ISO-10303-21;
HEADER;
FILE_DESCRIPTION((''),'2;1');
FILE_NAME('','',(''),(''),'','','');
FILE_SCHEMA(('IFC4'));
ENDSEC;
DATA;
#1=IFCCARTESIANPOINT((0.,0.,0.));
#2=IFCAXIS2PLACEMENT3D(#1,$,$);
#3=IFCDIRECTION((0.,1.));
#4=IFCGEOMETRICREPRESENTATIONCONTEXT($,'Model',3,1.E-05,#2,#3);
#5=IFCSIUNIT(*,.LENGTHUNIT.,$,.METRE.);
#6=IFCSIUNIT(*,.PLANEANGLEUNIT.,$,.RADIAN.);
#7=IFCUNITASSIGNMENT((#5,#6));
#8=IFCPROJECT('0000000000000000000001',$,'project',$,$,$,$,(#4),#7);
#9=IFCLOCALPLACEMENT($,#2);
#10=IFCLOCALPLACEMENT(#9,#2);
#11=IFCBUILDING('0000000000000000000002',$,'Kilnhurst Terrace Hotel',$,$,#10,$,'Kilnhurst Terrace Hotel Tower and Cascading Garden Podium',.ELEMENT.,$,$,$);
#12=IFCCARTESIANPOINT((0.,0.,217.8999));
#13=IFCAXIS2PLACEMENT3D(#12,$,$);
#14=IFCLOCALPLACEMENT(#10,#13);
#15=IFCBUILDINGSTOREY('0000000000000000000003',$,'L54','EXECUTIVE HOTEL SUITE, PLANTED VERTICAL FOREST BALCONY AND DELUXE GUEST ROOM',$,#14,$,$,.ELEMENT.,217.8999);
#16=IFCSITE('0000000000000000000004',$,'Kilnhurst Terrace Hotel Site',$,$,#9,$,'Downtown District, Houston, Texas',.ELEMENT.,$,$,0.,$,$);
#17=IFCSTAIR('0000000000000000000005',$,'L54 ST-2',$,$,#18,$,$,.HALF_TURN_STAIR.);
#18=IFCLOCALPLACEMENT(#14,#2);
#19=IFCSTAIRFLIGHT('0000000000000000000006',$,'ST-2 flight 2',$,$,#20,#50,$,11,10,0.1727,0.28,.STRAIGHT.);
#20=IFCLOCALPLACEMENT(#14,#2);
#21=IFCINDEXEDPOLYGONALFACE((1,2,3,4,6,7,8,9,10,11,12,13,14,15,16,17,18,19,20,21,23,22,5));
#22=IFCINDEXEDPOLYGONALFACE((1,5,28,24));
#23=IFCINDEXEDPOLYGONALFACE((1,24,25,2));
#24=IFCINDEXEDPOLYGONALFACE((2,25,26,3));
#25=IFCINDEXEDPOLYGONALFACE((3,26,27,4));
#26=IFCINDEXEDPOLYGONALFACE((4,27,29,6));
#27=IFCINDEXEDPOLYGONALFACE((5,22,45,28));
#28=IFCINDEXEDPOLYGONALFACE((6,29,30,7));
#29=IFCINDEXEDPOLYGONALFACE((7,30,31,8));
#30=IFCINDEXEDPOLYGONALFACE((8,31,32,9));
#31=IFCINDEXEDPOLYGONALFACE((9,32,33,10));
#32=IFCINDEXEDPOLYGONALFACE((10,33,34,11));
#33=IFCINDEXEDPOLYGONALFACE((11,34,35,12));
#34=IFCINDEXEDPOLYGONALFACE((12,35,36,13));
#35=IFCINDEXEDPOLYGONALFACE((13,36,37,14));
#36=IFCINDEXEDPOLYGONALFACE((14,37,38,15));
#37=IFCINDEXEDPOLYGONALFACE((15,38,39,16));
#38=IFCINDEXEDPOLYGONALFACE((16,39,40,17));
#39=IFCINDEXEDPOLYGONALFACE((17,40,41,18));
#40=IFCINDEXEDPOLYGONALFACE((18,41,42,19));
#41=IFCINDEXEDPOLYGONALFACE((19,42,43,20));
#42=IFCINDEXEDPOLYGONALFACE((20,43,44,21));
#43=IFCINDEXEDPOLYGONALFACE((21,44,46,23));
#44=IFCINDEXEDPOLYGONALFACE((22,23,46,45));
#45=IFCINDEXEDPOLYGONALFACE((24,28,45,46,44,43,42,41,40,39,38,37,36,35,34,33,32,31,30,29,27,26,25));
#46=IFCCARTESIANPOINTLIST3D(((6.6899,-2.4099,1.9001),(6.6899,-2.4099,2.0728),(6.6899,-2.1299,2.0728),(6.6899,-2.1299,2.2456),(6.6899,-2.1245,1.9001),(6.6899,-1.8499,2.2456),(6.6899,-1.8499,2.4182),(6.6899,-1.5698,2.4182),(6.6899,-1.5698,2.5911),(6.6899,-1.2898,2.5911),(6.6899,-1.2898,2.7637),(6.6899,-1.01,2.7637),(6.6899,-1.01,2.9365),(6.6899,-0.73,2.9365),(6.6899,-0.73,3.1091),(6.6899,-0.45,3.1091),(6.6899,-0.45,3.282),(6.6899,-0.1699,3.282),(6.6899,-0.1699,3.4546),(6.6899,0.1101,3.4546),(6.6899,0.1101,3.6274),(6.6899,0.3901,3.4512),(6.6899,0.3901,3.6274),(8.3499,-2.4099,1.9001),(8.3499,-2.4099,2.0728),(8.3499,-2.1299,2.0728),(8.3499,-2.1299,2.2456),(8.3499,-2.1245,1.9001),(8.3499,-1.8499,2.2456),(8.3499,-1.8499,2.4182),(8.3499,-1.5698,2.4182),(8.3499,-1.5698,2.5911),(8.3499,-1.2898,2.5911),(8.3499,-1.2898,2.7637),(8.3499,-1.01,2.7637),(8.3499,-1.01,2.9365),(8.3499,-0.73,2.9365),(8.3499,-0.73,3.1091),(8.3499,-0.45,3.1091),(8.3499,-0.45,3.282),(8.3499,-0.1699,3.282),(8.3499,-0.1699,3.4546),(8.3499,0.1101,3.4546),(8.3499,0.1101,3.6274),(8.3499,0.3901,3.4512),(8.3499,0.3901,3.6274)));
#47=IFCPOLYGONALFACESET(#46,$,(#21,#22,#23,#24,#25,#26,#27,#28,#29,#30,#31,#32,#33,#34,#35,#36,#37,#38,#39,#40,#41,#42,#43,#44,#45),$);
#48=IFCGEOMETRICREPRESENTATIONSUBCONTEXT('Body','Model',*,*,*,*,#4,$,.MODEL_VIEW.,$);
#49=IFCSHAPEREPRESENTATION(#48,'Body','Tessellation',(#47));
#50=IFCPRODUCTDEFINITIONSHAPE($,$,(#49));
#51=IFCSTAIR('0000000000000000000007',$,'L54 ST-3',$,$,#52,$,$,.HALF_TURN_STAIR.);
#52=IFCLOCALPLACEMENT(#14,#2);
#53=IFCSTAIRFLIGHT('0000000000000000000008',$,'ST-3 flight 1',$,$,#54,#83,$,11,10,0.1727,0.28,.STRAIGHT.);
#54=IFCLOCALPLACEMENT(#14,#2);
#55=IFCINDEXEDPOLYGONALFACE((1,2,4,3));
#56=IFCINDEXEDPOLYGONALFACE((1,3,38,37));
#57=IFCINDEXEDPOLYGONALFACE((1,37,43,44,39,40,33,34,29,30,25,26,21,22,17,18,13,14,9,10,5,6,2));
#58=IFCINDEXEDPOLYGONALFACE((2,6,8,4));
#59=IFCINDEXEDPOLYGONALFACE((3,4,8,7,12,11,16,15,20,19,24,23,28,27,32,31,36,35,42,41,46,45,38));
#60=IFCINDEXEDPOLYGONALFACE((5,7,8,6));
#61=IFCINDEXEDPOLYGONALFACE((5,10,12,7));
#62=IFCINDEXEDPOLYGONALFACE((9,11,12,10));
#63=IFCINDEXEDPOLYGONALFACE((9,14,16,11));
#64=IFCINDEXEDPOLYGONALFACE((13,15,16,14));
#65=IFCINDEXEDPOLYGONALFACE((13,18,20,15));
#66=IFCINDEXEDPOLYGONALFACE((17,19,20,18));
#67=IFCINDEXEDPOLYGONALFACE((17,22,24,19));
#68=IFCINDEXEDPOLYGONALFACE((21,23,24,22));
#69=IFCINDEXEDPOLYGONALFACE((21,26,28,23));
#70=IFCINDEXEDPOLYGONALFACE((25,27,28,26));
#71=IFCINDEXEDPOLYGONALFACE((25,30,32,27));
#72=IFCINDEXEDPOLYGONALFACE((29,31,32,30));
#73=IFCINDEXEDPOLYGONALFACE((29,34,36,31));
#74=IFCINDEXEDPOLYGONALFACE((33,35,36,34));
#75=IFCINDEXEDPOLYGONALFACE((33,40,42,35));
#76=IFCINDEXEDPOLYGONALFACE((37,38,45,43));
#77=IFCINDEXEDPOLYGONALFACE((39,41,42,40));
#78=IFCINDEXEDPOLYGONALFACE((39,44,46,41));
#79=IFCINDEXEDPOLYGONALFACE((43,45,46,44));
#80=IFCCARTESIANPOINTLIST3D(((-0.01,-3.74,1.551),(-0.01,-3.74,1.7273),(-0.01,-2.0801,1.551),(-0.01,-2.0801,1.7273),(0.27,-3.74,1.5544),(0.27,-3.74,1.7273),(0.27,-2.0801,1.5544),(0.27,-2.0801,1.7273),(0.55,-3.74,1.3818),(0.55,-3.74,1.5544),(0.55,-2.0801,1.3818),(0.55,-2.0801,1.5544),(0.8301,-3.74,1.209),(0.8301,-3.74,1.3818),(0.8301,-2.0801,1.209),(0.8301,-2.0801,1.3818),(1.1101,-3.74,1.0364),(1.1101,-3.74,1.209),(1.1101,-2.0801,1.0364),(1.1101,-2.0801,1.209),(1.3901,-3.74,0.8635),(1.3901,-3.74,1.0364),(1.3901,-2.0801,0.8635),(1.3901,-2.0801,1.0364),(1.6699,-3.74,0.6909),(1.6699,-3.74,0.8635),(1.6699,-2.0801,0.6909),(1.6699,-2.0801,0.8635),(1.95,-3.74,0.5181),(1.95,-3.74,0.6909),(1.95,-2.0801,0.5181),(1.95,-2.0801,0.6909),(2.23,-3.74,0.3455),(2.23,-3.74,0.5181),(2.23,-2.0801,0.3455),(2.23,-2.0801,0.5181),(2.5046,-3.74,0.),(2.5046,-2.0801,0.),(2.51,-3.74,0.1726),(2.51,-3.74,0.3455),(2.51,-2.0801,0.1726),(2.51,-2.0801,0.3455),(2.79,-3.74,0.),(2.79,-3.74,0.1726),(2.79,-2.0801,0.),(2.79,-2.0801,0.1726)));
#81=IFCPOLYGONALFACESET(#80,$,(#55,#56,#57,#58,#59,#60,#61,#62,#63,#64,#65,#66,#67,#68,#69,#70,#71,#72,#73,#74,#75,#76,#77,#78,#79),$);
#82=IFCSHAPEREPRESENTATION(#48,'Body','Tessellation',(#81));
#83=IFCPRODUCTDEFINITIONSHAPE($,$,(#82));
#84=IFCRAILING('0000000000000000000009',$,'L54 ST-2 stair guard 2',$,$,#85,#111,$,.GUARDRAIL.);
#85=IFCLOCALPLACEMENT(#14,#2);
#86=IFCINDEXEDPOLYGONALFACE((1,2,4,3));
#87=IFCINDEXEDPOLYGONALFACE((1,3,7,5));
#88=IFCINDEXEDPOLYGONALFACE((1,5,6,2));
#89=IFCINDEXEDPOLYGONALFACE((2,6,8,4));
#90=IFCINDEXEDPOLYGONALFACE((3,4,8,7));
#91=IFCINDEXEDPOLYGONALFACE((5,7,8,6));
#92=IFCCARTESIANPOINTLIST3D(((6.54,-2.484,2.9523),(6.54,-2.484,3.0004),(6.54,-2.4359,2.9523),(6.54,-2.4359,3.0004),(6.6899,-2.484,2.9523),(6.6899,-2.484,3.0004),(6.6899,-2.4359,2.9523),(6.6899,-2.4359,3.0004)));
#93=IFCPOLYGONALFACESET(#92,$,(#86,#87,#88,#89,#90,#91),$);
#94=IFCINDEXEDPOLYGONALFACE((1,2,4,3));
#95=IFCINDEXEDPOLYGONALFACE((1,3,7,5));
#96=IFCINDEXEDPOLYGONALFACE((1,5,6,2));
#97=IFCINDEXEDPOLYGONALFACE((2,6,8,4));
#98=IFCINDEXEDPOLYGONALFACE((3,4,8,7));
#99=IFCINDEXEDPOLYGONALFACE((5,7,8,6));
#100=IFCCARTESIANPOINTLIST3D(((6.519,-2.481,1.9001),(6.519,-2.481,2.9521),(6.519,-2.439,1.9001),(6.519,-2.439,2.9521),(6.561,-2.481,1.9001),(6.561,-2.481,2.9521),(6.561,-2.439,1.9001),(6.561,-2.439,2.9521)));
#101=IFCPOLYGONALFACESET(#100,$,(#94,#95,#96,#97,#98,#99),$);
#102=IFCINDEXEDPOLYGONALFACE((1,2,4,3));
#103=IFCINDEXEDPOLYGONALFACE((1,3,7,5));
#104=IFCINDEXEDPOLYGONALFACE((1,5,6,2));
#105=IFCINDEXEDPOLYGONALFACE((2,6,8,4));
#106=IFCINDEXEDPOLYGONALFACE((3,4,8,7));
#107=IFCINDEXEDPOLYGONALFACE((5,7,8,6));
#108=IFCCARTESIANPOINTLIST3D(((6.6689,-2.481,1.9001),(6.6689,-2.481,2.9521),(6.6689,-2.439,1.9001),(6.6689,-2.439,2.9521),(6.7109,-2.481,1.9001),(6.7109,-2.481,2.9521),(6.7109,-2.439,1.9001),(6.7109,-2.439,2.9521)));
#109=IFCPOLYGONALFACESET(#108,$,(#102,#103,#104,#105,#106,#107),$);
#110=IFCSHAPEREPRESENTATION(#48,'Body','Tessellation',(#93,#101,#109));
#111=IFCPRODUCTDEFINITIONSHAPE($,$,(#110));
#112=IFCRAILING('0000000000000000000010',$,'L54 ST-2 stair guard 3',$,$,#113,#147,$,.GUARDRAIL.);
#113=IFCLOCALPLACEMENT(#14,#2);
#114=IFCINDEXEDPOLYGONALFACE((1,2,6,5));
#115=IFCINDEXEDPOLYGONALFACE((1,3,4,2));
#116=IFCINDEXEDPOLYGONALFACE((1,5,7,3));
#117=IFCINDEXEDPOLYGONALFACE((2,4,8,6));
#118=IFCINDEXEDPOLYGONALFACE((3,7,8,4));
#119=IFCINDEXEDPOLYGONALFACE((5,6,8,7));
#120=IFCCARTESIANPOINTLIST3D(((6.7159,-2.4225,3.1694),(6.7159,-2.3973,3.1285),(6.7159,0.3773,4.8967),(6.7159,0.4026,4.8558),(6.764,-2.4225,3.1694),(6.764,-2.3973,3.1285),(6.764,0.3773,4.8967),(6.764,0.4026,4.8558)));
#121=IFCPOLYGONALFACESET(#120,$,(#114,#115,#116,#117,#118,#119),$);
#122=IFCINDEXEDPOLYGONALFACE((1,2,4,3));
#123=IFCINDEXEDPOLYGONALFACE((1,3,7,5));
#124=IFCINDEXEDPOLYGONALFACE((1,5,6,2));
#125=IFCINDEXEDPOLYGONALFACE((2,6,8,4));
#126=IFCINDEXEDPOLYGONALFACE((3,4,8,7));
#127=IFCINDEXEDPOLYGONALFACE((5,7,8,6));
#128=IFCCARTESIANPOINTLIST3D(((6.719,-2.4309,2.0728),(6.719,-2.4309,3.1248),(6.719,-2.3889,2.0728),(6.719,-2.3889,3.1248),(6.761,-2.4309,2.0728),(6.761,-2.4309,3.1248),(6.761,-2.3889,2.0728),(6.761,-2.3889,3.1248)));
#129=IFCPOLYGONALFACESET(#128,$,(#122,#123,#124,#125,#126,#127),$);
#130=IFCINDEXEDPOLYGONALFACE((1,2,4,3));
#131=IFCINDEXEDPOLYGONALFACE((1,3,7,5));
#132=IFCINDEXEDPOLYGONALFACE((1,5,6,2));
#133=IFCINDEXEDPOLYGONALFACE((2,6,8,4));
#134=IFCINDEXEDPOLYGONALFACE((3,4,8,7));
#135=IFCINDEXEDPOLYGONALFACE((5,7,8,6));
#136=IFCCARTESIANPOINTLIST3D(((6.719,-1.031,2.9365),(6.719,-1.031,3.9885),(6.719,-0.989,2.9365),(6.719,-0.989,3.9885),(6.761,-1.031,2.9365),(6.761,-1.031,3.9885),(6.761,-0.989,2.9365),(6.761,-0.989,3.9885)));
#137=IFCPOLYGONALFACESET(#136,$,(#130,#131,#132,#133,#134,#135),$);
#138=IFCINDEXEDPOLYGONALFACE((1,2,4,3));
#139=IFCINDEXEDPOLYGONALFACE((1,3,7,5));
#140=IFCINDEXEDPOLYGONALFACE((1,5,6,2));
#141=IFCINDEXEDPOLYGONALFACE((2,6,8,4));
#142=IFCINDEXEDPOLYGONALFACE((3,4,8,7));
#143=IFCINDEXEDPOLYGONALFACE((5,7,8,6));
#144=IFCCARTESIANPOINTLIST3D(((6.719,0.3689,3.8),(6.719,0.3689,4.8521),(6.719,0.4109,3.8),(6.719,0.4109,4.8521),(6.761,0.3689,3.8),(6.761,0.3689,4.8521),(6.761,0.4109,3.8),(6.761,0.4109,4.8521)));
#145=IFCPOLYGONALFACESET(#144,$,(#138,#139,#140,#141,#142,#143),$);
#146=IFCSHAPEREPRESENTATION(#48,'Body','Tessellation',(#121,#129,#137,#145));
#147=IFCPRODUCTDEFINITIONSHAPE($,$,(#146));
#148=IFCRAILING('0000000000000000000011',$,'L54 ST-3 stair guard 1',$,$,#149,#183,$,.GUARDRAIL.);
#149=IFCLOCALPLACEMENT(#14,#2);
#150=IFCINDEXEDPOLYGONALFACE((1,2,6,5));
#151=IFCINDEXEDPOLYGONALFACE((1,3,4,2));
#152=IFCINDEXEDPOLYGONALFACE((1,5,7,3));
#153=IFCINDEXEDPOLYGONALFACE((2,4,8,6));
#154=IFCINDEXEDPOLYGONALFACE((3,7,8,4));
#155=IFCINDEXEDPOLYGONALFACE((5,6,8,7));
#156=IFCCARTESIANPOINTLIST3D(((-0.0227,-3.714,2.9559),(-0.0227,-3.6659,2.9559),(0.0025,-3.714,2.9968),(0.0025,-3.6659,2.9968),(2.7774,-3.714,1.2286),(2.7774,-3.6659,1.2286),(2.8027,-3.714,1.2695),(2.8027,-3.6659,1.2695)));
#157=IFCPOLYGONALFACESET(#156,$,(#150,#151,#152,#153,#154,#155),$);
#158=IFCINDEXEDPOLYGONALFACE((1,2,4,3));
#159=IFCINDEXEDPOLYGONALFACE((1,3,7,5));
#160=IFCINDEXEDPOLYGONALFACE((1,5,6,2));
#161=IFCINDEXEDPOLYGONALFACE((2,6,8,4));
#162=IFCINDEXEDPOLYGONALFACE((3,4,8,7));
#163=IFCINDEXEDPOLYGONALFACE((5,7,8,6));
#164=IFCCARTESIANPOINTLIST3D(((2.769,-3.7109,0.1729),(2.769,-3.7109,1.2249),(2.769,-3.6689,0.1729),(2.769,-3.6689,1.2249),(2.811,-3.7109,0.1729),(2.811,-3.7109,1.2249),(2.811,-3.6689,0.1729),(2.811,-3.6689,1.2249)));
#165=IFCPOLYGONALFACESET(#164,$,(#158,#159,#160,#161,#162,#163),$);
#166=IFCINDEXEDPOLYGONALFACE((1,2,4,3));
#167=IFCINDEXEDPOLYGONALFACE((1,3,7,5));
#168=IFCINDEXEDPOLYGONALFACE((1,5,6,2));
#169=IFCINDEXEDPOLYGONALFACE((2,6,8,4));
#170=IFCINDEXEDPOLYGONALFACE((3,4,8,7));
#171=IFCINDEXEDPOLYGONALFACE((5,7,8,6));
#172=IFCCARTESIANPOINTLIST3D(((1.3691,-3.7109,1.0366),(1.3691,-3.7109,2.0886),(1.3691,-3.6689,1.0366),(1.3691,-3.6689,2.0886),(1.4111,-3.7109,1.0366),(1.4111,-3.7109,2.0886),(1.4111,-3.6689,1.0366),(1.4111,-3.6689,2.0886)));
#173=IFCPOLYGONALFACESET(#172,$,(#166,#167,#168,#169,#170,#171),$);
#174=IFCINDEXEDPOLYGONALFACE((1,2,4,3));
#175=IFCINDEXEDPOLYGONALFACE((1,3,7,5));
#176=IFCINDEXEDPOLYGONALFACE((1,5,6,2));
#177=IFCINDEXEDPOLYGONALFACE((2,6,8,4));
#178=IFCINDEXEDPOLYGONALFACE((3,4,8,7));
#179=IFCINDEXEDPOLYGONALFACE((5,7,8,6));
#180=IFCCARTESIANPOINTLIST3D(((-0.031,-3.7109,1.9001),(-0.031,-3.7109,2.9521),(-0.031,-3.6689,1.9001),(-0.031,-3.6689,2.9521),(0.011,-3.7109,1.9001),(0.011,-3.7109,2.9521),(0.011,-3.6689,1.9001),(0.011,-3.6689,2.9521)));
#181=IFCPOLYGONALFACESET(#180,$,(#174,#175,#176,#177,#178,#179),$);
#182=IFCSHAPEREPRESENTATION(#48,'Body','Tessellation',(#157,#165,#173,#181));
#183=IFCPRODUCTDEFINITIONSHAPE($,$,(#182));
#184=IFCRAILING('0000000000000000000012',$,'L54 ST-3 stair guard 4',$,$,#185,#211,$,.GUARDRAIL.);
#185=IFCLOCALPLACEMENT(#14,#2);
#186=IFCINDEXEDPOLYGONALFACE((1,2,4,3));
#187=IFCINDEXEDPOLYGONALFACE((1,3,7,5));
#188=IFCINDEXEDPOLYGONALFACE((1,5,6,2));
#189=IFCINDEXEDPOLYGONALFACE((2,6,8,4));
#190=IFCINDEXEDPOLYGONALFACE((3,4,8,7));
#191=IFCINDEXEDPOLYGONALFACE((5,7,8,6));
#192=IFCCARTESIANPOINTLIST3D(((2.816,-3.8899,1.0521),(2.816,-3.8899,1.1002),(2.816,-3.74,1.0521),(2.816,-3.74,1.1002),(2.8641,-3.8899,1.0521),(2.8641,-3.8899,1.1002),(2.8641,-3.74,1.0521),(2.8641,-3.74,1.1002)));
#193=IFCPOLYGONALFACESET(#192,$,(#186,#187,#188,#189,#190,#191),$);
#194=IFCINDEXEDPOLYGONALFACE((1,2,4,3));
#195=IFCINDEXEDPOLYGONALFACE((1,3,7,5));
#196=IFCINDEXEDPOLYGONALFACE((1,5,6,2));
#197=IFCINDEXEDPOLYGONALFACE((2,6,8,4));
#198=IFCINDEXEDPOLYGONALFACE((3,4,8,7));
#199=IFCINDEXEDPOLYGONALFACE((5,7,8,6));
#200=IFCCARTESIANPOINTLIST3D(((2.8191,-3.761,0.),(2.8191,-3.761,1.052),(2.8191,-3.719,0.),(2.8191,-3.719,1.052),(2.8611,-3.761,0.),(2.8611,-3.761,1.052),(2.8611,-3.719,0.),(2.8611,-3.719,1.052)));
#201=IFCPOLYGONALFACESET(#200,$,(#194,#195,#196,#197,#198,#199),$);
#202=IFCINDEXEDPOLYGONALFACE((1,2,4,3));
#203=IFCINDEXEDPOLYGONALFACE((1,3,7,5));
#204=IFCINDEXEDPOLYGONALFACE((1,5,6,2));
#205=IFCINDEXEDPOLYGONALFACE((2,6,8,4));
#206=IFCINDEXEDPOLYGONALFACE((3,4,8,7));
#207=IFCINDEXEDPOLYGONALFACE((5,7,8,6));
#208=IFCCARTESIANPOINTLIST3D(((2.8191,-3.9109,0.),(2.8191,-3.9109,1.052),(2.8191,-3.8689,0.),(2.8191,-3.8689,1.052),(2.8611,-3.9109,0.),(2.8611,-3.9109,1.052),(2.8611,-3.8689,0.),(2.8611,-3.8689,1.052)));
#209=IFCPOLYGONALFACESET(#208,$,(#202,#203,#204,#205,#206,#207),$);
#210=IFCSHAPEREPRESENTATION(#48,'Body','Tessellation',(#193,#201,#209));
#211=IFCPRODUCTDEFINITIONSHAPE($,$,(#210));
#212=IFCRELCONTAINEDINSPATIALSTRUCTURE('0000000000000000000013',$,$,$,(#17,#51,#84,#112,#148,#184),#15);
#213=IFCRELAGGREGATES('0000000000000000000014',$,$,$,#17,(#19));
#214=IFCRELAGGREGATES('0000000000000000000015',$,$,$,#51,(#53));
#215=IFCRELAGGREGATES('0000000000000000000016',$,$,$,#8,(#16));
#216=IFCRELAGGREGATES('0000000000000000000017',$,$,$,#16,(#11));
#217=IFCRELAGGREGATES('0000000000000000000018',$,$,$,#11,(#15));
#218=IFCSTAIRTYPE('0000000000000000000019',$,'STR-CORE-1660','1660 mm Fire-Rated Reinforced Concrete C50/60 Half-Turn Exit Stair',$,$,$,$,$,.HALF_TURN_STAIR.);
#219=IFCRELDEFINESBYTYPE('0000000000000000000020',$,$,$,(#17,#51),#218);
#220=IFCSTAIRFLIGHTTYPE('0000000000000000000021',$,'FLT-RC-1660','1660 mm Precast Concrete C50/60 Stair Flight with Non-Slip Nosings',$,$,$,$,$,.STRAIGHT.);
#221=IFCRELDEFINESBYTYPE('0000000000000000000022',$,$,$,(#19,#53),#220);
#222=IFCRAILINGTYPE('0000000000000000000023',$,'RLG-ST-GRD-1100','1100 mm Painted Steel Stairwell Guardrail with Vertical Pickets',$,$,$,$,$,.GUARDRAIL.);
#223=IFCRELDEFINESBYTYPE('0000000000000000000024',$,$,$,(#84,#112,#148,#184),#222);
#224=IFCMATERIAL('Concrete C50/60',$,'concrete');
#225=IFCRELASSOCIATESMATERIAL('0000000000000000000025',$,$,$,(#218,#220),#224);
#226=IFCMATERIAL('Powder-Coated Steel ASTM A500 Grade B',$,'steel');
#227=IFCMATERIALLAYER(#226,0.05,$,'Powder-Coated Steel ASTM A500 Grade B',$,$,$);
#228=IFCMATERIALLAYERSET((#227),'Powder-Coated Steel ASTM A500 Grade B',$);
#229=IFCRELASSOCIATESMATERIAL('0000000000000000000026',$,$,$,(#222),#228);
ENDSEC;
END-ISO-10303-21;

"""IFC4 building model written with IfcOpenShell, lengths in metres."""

from ifc_helpers import new_model, si_unit, direction, frame, origin, origin_2d, place, context, subcontext, project, spatial, polyline, rectangle, outline, extrude, material, layer, layer_set, type_object, element, aggregate, save


model = new_model("IFC4")

# Units and contexts
model_context = context("Model", 3, precision=1e-05, world=origin(), true_north=direction((0.0, 1.0)))
body_context = subcontext(model_context, "Body", "Model", "MODEL_VIEW")
ifc_project = project(units=[si_unit("LENGTHUNIT", "METRE"), si_unit("PLANEANGLEUNIT", "RADIAN")], contexts=[model_context])

# Site, building, storey
site_placement = place(None, origin())
site = spatial("IfcSite", under=ifc_project, at=site_placement, Name="Kilnhurst Terrace Hotel Site", LongName="Downtown District, Houston, Texas", CompositionType="ELEMENT", RefElevation=0.0)
building_placement = place(site_placement, origin())
building = spatial("IfcBuilding", under=site, at=building_placement, Name="Kilnhurst Terrace Hotel", LongName="Kilnhurst Terrace Hotel Tower and Cascading Garden Podium", CompositionType="ELEMENT")
storey_placement = place(building_placement, frame((0.0, 0.0, 217.8999)))
storey = spatial("IfcBuildingStorey", under=building, at=storey_placement, Name="L54", Description="EXECUTIVE HOTEL SUITE, PLANTED VERTICAL FOREST BALCONY AND DELUXE GUEST ROOM", CompositionType="ELEMENT", Elevation=217.8999)

# Shared definitions
ifc_material_1 = material(Name="Concrete C50/60", Category="concrete")

# Stairs, stair flights
stair_type = type_object("IfcStairType", Name="STR-CORE-1660", Description="1660 mm Fire-Rated Reinforced Concrete C50/60 Half-Turn Exit Stair", PredefinedType="HALF_TURN_STAIR", material=ifc_material_1)
stair_1_placement = place(storey_placement, origin())
stair_1 = element("IfcStair", 1, at=stair_1_placement, inside=storey, type_object=stair_type, Name="L54 ST-2", PredefinedType="HALF_TURN_STAIR")
stair_flight_type = type_object("IfcStairFlightType", Name="FLT-RC-1660", Description="1660 mm Precast Concrete C50/60 Stair Flight with Non-Slip Nosings", PredefinedType="STRAIGHT", material=ifc_material_1)
stair_flight_1_placement = place(storey_placement, frame((7.52, -2.4099, 1.9001), z_axis=(0.0, 0.0, 1.0), x_axis=(0.0, 1.0, 0.0)))
stair_flight_1 = element("IfcStairFlight", 2, at=stair_flight_1_placement, type_object=stair_flight_type, Name="ST-2 flight 2", NumberOfRisers=11, NumberOfTreads=10, PredefinedType="STRAIGHT", RiserHeight=0.1727, TreadLength=0.28, context=body_context, shape_type="SweptSolid", body=[
    extrude(outline(polyline([(0.0, 0.0), (0.0, 0.1726), (0.28, 0.1726), (0.28, 0.3455), (0.5601, 0.3455), (0.5601, 0.5181), (0.8401, 0.5181), (0.8401, 0.6909), (1.1201, 0.6909), (1.1201, 0.8635), (1.3999, 0.8635), (1.3999, 1.0364), (1.6799, 1.0364), (1.6799, 1.209), (1.96, 1.209), (1.96, 1.3818), (2.24, 1.3818), (2.24, 1.5544), (2.52, 1.5544), (2.52, 1.7273), (2.8, 1.7273), (2.8, 1.8999), (2.8, 1.551), (0.2854, 0.0), (0.0, 0.0)])), frame((0.0, 0.8301, 0.0), z_axis=(0.0, -1.0, 0.0), x_axis=(1.0, 0.0, 0.0)), (0.0, 0.0, 1.0), 1.6599),
])
aggregate(stair_1, [stair_flight_1])
stair_2_placement = place(storey_placement, origin())
stair_2 = element("IfcStair", 3, at=stair_2_placement, inside=storey, type_object=stair_type, Name="L54 ST-3", PredefinedType="HALF_TURN_STAIR")
stair_flight_2_placement = place(storey_placement, frame((2.79, -2.9099, 0.0), z_axis=(0.0, 0.0, 1.0), x_axis=(-1.0, 0.0, 0.0)))
stair_flight_2 = element("IfcStairFlight", 4, at=stair_flight_2_placement, type_object=stair_flight_type, Name="ST-3 flight 1", NumberOfRisers=11, NumberOfTreads=10, PredefinedType="STRAIGHT", RiserHeight=0.1727, TreadLength=0.28, context=body_context, shape_type="SweptSolid", body=[
    extrude(outline(polyline([(0.0, 0.0), (0.0, 0.1726), (0.28, 0.1726), (0.28, 0.3455), (0.5601, 0.3455), (0.5601, 0.5181), (0.8401, 0.5181), (0.8401, 0.6909), (1.1201, 0.6909), (1.1201, 0.8635), (1.3999, 0.8635), (1.3999, 1.0364), (1.6799, 1.0364), (1.6799, 1.209), (1.96, 1.209), (1.96, 1.3818), (2.24, 1.3818), (2.24, 1.5544), (2.52, 1.5544), (2.52, 1.7273), (2.8, 1.7273), (2.8, 1.8999), (2.8, 1.551), (0.2854, 0.0), (0.0, 0.0)])), frame((0.0, 0.8301, 0.0), z_axis=(0.0, -1.0, 0.0), x_axis=(1.0, 0.0, 0.0)), (0.0, 0.0, 1.0), 1.6599),
])
aggregate(stair_2, [stair_flight_2])

# Railings
ifc_material_2 = material(Name="Powder-Coated Steel ASTM A500 Grade B", Category="steel")
ifc_layer_1 = layer(ifc_material_2, 0.05, Name="Powder-Coated Steel ASTM A500 Grade B")
ifc_layer_set_1 = layer_set([ifc_layer_1], Name="Powder-Coated Steel ASTM A500 Grade B")
railing_type_1 = type_object("IfcRailingType", Name="RLG-ST-GRD-1100", Description="1100 mm Painted Steel Stairwell Guardrail with Vertical Pickets", PredefinedType="GUARDRAIL", material=ifc_layer_set_1)
railing_1_placement = place(storey_placement, frame((6.54, -2.46, 1.9001)))
element("IfcRailing", 5, at=railing_1_placement, inside=storey, type_object=railing_type_1, Name="L54 ST-2 stair guard 2", PredefinedType="GUARDRAIL", context=body_context, shape_type="SweptSolid", body=[
    extrude(rectangle(XDim=0.0481, YDim=0.0481, at=origin_2d()), frame((0.0, 0.0, 1.0762), z_axis=(1.0, 0.0, 0.0), x_axis=(0.0, 1.0, 0.0)), (0.0, 0.0, 1.0), 0.1499),
    extrude(rectangle(XDim=0.042, YDim=0.042, at=origin_2d()), origin(), (0.0, 0.0, 1.0), 1.052),
    extrude(rectangle(XDim=0.042, YDim=0.042, at=origin_2d()), frame((0.1499, 0.0, 0.0)), (0.0, 0.0, 1.0), 1.052),
])
railing_2_placement = place(storey_placement, frame((6.74, -2.4099, 2.0728)))
element("IfcRailing", 6, at=railing_2_placement, inside=storey, type_object=railing_type_1, Name="L54 ST-2 stair guard 3", PredefinedType="GUARDRAIL", context=body_context, shape_type="SweptSolid", body=[
    extrude(rectangle(XDim=0.0481, YDim=0.0481, at=origin_2d()), frame((0.0, 0.0, 1.0762), z_axis=(0.0, 0.851069, 0.525054), x_axis=(-1.0, 0.0, 0.0)), (0.0, 0.0, 1.0), 3.2898),
    extrude(rectangle(XDim=0.042, YDim=0.042, at=origin_2d()), origin(), (0.0, 0.0, 1.0), 1.052),
    extrude(rectangle(XDim=0.042, YDim=0.042, at=origin_2d()), frame((0.0, 1.3999, 0.8638)), (0.0, 0.0, 1.0), 1.052),
    extrude(rectangle(XDim=0.042, YDim=0.042, at=origin_2d()), frame((0.0, 2.7998, 1.7273)), (0.0, 0.0, 1.0), 1.052),
])
railing_3_placement = place(storey_placement, frame((2.79, -3.6899, 0.1729)))
element("IfcRailing", 7, at=railing_3_placement, inside=storey, type_object=railing_type_1, Name="L54 ST-3 stair guard 1", PredefinedType="GUARDRAIL", context=body_context, shape_type="SweptSolid", body=[
    extrude(rectangle(XDim=0.0481, YDim=0.0481, at=origin_2d()), frame((0.0, 0.0, 1.0762), z_axis=(-0.85109, 0.0, 0.52502), x_axis=(0.0, -1.0, 0.0)), (0.0, 0.0, 1.0), 3.29),
    extrude(rectangle(XDim=0.042, YDim=0.042, at=origin_2d()), origin(), (0.0, 0.0, 1.0), 1.052),
    extrude(rectangle(XDim=0.042, YDim=0.042, at=origin_2d()), frame((-1.3999, 0.0, 0.8638)), (0.0, 0.0, 1.0), 1.052),
    extrude(rectangle(XDim=0.042, YDim=0.042, at=origin_2d()), frame((-2.8, 0.0, 1.7273)), (0.0, 0.0, 1.0), 1.052),
])
railing_4_placement = place(storey_placement, frame((2.8401, -3.74, 0.0)))
element("IfcRailing", 8, at=railing_4_placement, inside=storey, type_object=railing_type_1, Name="L54 ST-3 stair guard 4", PredefinedType="GUARDRAIL", context=body_context, shape_type="SweptSolid", body=[
    extrude(rectangle(XDim=0.0481, YDim=0.0481, at=origin_2d()), frame((0.0, 0.0, 1.0762), z_axis=(0.0, -1.0, 0.0), x_axis=(1.0, 0.0, 0.0)), (0.0, 0.0, 1.0), 0.1499),
    extrude(rectangle(XDim=0.042, YDim=0.042, at=origin_2d()), origin(), (0.0, 0.0, 1.0), 1.052),
    extrude(rectangle(XDim=0.042, YDim=0.042, at=origin_2d()), frame((0.0, -0.1499, 0.0)), (0.0, 0.0, 1.0), 1.052),
])

save(model, "model.ifc")
